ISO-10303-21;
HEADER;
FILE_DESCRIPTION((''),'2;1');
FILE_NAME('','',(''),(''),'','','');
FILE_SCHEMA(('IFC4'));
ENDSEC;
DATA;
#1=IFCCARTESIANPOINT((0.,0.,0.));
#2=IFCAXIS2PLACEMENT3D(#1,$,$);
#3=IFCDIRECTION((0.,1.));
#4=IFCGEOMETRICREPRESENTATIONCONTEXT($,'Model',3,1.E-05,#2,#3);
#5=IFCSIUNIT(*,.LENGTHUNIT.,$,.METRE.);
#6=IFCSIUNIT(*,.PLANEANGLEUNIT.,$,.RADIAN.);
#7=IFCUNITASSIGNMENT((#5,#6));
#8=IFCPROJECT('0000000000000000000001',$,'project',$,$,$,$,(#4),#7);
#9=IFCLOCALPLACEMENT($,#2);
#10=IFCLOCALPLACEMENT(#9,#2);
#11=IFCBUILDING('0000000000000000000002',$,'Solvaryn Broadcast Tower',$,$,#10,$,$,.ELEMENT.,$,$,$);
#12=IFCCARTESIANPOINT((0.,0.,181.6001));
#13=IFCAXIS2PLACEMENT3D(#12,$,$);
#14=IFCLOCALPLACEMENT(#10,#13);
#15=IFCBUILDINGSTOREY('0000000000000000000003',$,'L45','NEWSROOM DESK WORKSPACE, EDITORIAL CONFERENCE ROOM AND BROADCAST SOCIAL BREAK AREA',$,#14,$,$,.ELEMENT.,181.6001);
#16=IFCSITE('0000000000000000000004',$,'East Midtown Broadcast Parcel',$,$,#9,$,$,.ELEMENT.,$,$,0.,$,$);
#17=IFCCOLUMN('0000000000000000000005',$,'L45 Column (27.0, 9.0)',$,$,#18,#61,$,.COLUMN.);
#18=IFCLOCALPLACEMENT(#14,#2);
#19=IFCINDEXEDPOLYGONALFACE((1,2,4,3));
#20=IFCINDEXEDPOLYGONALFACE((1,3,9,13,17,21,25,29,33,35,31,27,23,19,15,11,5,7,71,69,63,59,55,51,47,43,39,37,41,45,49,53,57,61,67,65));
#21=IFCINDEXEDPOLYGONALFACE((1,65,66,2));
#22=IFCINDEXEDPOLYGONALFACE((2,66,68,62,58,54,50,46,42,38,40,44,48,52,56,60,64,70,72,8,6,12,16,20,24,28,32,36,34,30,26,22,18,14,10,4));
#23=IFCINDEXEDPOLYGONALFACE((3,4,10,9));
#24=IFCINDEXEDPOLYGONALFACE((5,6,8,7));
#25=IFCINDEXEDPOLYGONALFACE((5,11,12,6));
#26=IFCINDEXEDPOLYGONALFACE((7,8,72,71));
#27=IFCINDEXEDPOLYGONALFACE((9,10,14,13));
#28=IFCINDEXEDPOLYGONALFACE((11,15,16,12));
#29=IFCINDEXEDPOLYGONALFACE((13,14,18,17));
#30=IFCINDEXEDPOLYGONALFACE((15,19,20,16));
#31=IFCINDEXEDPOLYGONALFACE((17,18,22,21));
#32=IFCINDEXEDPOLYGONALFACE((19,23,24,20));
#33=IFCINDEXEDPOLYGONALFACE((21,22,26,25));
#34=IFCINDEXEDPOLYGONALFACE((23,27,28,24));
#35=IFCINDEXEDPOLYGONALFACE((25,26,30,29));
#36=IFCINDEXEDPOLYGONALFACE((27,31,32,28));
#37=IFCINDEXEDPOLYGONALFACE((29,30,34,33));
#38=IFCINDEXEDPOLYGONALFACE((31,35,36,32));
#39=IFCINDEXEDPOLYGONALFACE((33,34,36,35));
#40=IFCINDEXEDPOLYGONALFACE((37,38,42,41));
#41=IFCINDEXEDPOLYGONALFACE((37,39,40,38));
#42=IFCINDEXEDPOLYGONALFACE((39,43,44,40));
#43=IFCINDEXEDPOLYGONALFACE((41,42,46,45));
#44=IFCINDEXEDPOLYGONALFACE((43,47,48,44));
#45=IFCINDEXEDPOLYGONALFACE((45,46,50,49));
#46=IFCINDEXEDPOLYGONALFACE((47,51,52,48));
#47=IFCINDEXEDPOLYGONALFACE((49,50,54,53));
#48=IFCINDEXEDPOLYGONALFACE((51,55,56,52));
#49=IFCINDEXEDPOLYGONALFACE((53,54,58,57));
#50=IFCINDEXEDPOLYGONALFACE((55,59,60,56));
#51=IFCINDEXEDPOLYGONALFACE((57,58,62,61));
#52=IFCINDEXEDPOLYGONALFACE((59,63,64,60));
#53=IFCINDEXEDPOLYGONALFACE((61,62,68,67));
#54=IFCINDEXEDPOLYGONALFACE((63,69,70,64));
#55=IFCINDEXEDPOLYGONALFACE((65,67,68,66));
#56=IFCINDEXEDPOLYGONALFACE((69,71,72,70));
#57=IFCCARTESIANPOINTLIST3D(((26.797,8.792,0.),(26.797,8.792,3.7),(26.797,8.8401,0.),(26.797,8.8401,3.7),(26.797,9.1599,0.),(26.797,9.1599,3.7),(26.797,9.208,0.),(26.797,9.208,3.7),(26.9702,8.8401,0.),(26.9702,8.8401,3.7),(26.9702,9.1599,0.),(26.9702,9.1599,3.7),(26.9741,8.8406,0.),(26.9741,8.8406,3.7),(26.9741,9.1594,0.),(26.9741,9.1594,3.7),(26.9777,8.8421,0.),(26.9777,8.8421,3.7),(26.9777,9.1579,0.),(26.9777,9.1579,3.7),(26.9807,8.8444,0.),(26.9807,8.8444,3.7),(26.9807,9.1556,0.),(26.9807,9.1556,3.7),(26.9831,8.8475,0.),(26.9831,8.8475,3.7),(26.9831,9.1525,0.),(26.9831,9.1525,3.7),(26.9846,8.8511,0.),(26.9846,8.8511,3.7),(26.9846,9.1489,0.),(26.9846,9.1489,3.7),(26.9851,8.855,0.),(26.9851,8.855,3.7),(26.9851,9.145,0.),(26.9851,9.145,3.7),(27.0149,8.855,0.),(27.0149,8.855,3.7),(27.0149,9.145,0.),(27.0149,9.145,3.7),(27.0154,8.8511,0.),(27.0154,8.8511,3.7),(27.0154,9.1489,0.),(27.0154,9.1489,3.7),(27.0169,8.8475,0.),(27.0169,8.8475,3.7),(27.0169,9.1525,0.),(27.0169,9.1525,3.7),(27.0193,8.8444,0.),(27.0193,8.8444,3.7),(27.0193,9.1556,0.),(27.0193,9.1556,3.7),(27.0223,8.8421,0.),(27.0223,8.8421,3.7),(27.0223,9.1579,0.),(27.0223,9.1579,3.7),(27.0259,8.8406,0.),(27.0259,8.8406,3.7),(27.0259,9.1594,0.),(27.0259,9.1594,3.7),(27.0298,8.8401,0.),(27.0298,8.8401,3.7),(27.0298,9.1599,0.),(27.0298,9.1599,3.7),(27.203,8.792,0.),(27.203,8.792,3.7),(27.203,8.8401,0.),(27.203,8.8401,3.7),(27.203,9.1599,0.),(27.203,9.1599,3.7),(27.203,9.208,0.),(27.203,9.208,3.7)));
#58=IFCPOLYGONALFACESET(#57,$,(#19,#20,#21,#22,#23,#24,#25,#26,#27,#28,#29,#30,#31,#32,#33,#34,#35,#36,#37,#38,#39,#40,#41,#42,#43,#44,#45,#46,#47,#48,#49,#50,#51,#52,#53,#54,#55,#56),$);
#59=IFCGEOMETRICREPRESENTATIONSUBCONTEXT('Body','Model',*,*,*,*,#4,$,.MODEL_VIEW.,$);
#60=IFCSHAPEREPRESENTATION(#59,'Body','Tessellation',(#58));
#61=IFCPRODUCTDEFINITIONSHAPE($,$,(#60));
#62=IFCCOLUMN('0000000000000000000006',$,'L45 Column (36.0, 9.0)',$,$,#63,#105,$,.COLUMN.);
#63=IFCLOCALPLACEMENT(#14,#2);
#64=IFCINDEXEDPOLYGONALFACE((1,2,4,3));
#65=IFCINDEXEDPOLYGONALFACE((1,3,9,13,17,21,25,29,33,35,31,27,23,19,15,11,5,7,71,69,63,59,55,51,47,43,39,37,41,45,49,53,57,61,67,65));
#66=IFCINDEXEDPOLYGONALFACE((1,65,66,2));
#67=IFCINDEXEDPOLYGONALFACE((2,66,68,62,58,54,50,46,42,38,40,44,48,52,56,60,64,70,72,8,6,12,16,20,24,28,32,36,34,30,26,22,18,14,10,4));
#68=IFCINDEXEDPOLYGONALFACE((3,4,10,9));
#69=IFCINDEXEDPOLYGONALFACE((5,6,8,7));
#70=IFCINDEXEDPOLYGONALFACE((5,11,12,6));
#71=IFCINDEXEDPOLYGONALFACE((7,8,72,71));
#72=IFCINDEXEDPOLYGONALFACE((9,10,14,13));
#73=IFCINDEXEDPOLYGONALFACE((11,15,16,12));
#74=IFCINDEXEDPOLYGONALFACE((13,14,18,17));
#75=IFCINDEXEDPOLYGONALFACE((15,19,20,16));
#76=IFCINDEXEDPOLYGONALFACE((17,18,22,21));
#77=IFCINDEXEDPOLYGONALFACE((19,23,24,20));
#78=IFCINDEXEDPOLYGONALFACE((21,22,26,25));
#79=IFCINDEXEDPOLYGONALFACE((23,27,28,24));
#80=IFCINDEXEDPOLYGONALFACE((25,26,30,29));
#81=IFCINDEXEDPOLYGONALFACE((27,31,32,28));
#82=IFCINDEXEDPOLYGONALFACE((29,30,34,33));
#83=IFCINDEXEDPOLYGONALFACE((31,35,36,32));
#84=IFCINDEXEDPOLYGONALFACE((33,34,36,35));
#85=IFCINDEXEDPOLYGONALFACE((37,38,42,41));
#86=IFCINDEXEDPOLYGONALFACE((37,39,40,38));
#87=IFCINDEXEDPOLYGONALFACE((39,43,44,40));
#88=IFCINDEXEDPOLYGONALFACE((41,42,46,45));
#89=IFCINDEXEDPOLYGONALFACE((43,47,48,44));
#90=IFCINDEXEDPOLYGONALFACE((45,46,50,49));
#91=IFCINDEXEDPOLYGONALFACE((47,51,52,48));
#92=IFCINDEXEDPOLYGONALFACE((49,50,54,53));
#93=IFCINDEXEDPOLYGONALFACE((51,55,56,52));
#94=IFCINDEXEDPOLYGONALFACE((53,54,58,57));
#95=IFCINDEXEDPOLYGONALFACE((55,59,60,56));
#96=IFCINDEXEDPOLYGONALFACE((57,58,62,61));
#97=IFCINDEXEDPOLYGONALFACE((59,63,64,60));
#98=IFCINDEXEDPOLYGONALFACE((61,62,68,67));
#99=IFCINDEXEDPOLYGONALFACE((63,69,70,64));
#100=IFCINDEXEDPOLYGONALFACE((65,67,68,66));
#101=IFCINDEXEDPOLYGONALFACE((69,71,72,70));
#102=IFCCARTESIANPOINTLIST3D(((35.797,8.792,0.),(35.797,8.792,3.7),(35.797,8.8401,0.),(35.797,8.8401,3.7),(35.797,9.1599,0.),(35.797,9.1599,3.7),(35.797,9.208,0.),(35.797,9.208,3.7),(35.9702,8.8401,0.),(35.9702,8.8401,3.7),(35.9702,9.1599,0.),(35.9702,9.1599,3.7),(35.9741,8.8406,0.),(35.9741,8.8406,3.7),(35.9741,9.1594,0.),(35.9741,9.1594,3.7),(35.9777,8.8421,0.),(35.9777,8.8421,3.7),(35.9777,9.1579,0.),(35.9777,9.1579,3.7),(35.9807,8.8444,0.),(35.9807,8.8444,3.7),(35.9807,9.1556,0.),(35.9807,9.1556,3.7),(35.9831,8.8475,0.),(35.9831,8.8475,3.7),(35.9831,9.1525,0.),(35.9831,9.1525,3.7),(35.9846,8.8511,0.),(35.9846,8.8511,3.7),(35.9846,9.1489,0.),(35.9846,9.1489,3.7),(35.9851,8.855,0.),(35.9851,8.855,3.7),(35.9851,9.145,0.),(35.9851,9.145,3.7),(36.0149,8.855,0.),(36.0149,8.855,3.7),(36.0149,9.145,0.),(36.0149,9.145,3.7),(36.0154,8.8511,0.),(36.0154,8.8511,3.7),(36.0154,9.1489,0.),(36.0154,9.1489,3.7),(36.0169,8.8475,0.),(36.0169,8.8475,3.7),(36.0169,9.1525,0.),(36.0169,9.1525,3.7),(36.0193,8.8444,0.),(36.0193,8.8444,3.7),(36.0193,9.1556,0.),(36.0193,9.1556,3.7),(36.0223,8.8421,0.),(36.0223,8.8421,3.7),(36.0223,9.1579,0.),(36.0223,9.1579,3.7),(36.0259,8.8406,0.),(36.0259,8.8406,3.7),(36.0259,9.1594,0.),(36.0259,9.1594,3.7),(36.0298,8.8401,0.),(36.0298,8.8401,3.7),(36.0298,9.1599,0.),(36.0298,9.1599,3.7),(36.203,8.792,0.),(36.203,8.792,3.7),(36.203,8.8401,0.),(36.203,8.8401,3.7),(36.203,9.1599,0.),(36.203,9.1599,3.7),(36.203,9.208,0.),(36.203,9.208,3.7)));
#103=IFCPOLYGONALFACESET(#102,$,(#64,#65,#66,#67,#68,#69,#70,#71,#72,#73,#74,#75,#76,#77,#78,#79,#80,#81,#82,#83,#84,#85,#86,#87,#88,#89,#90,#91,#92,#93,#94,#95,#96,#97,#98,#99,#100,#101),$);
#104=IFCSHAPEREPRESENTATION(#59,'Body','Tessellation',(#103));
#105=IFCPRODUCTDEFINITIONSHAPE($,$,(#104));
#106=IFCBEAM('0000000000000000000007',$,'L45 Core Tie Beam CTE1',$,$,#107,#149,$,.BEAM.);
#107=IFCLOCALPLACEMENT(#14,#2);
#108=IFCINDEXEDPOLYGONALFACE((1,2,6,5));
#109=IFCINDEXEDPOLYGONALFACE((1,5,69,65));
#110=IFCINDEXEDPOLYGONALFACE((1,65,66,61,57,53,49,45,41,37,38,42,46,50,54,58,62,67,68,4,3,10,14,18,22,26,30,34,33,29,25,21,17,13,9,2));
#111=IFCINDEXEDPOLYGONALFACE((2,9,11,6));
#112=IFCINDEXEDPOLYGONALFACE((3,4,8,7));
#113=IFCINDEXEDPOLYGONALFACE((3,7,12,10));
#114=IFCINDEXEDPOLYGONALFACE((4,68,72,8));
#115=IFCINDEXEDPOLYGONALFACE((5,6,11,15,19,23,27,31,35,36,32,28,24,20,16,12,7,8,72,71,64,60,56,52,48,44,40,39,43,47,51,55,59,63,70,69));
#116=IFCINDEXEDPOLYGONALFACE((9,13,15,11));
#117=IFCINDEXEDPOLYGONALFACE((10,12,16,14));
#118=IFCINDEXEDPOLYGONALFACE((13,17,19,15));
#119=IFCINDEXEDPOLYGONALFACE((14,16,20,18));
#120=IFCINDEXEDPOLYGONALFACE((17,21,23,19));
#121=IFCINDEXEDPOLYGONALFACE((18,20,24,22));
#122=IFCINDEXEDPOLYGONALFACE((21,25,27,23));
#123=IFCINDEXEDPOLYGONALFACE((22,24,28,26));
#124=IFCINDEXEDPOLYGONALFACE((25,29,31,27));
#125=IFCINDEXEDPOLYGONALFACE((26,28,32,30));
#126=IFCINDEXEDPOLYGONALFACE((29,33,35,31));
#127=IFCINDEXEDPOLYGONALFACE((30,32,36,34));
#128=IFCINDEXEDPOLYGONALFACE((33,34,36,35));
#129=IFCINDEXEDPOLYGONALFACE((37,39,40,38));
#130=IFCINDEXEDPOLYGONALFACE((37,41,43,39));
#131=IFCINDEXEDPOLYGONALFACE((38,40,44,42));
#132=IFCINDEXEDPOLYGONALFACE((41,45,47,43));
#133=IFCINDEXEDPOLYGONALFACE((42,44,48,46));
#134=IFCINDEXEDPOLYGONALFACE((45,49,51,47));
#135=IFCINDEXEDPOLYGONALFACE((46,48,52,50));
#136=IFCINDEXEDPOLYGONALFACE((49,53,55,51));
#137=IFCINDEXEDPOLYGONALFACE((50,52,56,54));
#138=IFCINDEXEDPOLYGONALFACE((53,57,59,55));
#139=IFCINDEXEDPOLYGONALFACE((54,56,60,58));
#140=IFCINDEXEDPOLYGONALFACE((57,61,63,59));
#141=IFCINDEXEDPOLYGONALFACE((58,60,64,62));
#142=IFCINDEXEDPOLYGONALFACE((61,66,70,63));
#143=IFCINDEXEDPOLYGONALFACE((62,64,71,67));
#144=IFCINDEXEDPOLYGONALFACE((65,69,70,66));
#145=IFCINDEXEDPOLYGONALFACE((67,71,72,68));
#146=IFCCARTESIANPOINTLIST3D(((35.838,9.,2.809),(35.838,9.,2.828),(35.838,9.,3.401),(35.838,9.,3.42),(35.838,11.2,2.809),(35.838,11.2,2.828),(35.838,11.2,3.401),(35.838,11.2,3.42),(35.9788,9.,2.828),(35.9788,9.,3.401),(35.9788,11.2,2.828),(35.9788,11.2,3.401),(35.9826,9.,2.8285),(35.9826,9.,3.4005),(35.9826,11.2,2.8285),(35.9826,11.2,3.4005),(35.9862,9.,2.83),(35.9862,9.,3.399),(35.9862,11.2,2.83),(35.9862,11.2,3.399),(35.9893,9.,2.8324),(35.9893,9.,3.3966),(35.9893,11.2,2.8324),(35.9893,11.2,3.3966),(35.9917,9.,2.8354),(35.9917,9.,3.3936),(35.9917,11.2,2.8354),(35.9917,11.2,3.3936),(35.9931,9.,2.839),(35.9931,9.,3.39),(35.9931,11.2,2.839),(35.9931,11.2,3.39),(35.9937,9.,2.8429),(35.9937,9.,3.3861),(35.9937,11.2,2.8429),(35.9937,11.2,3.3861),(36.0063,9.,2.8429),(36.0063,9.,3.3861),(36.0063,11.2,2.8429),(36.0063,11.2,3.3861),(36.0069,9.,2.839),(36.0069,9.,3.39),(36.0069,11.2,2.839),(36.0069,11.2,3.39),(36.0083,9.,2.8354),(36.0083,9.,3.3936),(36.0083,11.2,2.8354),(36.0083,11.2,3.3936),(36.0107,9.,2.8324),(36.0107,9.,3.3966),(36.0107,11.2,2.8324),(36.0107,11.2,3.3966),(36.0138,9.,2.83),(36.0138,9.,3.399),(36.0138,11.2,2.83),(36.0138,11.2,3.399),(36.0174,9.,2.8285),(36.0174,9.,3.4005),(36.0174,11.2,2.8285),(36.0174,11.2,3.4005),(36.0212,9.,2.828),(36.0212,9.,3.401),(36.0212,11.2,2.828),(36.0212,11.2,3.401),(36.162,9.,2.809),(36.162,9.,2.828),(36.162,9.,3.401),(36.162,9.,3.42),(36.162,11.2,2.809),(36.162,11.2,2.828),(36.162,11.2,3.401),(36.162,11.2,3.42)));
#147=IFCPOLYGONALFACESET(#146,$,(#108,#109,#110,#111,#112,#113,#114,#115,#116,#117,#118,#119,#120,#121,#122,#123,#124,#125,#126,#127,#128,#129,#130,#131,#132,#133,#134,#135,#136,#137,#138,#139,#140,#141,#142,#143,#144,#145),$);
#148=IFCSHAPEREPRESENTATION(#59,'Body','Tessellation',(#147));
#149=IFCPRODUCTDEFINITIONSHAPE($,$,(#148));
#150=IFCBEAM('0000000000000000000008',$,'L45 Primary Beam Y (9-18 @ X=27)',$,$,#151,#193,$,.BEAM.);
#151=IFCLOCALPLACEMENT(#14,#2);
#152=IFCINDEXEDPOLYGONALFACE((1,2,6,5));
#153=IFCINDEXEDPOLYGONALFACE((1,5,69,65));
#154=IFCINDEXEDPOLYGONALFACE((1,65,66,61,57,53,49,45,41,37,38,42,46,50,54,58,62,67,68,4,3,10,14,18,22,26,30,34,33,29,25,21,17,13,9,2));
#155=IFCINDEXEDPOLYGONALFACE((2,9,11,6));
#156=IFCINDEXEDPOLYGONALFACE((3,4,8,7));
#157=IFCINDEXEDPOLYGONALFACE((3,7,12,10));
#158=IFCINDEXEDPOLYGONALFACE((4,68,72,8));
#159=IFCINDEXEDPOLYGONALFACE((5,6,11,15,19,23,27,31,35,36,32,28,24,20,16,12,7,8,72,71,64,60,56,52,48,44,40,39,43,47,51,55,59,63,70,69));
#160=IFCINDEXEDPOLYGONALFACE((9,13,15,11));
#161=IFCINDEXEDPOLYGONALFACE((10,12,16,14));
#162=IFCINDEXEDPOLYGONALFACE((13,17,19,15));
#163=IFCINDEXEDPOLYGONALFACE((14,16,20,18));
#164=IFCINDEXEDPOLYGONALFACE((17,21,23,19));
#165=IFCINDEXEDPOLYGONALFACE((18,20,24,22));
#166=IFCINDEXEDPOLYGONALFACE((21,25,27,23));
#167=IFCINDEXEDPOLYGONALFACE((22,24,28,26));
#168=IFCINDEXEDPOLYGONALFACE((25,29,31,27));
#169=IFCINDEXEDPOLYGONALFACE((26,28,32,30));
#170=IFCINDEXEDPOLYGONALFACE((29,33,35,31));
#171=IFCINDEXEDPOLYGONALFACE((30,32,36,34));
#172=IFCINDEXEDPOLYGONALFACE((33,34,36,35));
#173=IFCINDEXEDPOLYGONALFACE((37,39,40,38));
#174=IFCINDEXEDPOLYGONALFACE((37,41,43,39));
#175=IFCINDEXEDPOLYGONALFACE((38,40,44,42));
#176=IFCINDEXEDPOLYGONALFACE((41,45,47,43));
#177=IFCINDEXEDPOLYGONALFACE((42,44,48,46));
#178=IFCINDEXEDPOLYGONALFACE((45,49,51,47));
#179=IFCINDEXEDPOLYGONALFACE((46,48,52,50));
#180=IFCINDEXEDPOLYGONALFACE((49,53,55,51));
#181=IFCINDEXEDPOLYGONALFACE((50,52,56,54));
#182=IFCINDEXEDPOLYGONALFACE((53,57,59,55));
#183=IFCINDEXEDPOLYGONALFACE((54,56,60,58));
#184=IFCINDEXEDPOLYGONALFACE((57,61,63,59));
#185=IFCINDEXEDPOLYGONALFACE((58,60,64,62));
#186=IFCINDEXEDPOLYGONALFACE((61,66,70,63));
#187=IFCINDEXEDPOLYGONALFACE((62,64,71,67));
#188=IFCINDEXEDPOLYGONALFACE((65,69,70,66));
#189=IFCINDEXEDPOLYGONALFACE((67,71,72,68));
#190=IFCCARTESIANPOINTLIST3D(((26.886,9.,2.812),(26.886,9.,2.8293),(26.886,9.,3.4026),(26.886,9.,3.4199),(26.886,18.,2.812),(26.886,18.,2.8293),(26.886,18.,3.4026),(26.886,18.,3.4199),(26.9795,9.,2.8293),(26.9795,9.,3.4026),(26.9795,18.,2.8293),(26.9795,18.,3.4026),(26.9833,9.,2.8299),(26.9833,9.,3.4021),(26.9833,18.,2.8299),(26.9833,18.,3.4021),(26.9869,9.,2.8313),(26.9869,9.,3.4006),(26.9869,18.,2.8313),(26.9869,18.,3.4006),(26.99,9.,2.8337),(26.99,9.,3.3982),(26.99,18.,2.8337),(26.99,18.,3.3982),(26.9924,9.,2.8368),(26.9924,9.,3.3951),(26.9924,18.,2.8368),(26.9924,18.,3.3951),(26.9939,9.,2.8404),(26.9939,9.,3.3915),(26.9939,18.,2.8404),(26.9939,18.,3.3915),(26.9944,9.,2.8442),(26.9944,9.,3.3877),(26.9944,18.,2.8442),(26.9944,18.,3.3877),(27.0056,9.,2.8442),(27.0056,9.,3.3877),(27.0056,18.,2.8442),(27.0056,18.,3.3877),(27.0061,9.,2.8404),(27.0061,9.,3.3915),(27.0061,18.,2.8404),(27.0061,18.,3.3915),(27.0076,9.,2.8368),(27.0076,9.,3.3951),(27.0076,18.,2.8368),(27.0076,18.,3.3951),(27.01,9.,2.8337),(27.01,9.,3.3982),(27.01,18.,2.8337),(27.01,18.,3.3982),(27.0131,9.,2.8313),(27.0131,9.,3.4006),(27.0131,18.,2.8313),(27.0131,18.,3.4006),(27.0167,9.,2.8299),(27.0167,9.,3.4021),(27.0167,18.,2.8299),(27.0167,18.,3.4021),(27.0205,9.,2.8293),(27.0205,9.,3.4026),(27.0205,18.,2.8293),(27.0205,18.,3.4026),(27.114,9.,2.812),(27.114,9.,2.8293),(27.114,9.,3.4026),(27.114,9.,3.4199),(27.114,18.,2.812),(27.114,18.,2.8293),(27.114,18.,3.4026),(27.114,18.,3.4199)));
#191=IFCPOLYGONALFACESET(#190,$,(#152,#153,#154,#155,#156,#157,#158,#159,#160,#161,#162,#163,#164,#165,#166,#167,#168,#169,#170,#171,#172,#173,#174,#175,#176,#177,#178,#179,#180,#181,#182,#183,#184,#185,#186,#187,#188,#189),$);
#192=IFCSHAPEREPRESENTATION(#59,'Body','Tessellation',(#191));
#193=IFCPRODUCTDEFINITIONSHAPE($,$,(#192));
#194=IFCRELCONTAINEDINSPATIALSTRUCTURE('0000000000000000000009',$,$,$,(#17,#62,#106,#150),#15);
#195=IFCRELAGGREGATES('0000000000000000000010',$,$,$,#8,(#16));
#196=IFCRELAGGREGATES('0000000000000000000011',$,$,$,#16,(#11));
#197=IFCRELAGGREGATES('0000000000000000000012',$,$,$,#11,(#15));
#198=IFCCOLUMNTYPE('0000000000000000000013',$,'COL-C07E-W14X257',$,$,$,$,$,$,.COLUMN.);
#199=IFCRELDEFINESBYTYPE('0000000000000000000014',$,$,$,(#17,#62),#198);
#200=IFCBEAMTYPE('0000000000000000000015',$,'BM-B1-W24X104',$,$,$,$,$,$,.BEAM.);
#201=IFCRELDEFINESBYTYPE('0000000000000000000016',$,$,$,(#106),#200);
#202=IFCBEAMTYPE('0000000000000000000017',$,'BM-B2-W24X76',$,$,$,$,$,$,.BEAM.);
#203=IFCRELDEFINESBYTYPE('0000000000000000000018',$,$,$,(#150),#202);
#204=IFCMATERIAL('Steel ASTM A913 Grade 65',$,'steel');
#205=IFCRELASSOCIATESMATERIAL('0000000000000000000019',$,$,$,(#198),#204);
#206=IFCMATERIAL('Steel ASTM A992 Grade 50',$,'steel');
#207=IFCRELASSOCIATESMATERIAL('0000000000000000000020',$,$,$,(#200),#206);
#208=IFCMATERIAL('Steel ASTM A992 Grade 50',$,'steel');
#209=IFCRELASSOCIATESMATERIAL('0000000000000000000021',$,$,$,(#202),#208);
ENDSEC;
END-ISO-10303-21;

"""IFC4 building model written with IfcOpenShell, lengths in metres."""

from ifc_helpers import new_model, si_unit, direction, frame, origin, origin_2d, place, context, subcontext, project, spatial, i_section, extrude, material, material_profile, profile_set, type_object, element, save


model = new_model("IFC4")

# Units and contexts
model_context = context("Model", 3, precision=1e-05, world=origin(), true_north=direction((0.0, 1.0)))
body_context = subcontext(model_context, "Body", "Model", "MODEL_VIEW")
ifc_project = project(units=[si_unit("LENGTHUNIT", "METRE"), si_unit("PLANEANGLEUNIT", "RADIAN")], contexts=[model_context])

# Site, building, storey
site_placement = place(None, origin())
site = spatial("IfcSite", under=ifc_project, at=site_placement, Name="East Midtown Broadcast Parcel", CompositionType="ELEMENT", RefElevation=0.0)
building_placement = place(site_placement, origin())
building = spatial("IfcBuilding", under=site, at=building_placement, Name="Solvaryn Broadcast Tower", CompositionType="ELEMENT")
storey_placement = place(building_placement, frame((0.0, 0.0, 181.6001)))
storey = spatial("IfcBuildingStorey", under=building, at=storey_placement, Name="L45", Description="NEWSROOM DESK WORKSPACE, EDITORIAL CONFERENCE ROOM AND BROADCAST SOCIAL BREAK AREA", CompositionType="ELEMENT", Elevation=181.6001)

# Columns
ifc_material_1 = material(Name="Steel ASTM A913 Grade 65", Category="steel")
ifc_material_profile_1 = material_profile(ifc_material_1, i_section(OverallWidth=0.406, OverallDepth=0.416, WebThickness=0.0298, FlangeThickness=0.0481, FilletRadius=0.0149, at=origin_2d()))
ifc_profile_set_1 = profile_set([ifc_material_profile_1], Name="Steel ASTM A913 Grade 65")
column_type = type_object("IfcColumnType", Name="COL-C07E-W14X257", PredefinedType="COLUMN", material=ifc_profile_set_1)
for number, where, z_axis, x_axis, name in (
    (1, (27.0, 9.0, 0.0), (0.0, 0.0, 1.0), (1.0, 0.0, 0.0), "L45 Column (27.0, 9.0)"),
    (2, (36.0, 9.0, 0.0), (0.0, 0.0, 1.0), (1.0, 0.0, 0.0), "L45 Column (36.0, 9.0)"),
):
    element("IfcColumn", number, at=place(storey_placement, frame(where, z_axis=z_axis, x_axis=x_axis)), inside=storey, type_object=column_type, Name=name, PredefinedType="COLUMN", context=body_context, shape_type="SweptSolid", body=[
        extrude(i_section(OverallWidth=0.406, OverallDepth=0.416, WebThickness=0.0298, FlangeThickness=0.0481, FilletRadius=0.0149, at=origin_2d()), origin(), (0.0, 0.0, 1.0), 3.7),
    ])

# Beams
ifc_material_2 = material(Name="Steel ASTM A992 Grade 50", Category="steel")
ifc_material_profile_2 = material_profile(ifc_material_2, i_section(OverallWidth=0.324, OverallDepth=0.6111, WebThickness=0.0127, FlangeThickness=0.019, FilletRadius=0.0149, at=origin_2d()))
ifc_profile_set_2 = profile_set([ifc_material_profile_2], Name="Steel ASTM A992 Grade 50")
beam_type_1 = type_object("IfcBeamType", Name="BM-B1-W24X104", PredefinedType="BEAM", material=ifc_profile_set_2)
beam_1_placement = place(storey_placement, frame((36.0, 9.0, 3.1145), z_axis=(0.0, 1.0, 0.0), x_axis=(-1.0, 0.0, 0.0)))
element("IfcBeam", 3, at=beam_1_placement, inside=storey, type_object=beam_type_1, Name="L45 Core Tie Beam CTE1", PredefinedType="BEAM", context=body_context, shape_type="SweptSolid", body=[
    extrude(i_section(OverallWidth=0.324, OverallDepth=0.6111, WebThickness=0.0127, FlangeThickness=0.019, FilletRadius=0.0149, at=origin_2d()), origin(), (0.0, 0.0, 1.0), 2.2),
])
ifc_material_3 = material(Name="Steel ASTM A992 Grade 50", Category="steel")
ifc_material_profile_3 = material_profile(ifc_material_3, i_section(OverallWidth=0.228, OverallDepth=0.6079, WebThickness=0.0112, FlangeThickness=0.0173, FilletRadius=0.0149, at=origin_2d()))
ifc_profile_set_3 = profile_set([ifc_material_profile_3], Name="Steel ASTM A992 Grade 50")
beam_type_2 = type_object("IfcBeamType", Name="BM-B2-W24X76", PredefinedType="BEAM", material=ifc_profile_set_3)
beam_2_placement = place(storey_placement, frame((27.0, 9.0, 3.116), z_axis=(0.0, 1.0, 0.0), x_axis=(-1.0, 0.0, 0.0)))
element("IfcBeam", 4, at=beam_2_placement, inside=storey, type_object=beam_type_2, Name="L45 Primary Beam Y (9-18 @ X=27)", PredefinedType="BEAM", context=body_context, shape_type="SweptSolid", body=[
    extrude(i_section(OverallWidth=0.228, OverallDepth=0.6079, WebThickness=0.0112, FlangeThickness=0.0173, FilletRadius=0.0149, at=origin_2d()), origin(), (0.0, 0.0, 1.0), 9.0),
])

save(model, "model.ifc")
